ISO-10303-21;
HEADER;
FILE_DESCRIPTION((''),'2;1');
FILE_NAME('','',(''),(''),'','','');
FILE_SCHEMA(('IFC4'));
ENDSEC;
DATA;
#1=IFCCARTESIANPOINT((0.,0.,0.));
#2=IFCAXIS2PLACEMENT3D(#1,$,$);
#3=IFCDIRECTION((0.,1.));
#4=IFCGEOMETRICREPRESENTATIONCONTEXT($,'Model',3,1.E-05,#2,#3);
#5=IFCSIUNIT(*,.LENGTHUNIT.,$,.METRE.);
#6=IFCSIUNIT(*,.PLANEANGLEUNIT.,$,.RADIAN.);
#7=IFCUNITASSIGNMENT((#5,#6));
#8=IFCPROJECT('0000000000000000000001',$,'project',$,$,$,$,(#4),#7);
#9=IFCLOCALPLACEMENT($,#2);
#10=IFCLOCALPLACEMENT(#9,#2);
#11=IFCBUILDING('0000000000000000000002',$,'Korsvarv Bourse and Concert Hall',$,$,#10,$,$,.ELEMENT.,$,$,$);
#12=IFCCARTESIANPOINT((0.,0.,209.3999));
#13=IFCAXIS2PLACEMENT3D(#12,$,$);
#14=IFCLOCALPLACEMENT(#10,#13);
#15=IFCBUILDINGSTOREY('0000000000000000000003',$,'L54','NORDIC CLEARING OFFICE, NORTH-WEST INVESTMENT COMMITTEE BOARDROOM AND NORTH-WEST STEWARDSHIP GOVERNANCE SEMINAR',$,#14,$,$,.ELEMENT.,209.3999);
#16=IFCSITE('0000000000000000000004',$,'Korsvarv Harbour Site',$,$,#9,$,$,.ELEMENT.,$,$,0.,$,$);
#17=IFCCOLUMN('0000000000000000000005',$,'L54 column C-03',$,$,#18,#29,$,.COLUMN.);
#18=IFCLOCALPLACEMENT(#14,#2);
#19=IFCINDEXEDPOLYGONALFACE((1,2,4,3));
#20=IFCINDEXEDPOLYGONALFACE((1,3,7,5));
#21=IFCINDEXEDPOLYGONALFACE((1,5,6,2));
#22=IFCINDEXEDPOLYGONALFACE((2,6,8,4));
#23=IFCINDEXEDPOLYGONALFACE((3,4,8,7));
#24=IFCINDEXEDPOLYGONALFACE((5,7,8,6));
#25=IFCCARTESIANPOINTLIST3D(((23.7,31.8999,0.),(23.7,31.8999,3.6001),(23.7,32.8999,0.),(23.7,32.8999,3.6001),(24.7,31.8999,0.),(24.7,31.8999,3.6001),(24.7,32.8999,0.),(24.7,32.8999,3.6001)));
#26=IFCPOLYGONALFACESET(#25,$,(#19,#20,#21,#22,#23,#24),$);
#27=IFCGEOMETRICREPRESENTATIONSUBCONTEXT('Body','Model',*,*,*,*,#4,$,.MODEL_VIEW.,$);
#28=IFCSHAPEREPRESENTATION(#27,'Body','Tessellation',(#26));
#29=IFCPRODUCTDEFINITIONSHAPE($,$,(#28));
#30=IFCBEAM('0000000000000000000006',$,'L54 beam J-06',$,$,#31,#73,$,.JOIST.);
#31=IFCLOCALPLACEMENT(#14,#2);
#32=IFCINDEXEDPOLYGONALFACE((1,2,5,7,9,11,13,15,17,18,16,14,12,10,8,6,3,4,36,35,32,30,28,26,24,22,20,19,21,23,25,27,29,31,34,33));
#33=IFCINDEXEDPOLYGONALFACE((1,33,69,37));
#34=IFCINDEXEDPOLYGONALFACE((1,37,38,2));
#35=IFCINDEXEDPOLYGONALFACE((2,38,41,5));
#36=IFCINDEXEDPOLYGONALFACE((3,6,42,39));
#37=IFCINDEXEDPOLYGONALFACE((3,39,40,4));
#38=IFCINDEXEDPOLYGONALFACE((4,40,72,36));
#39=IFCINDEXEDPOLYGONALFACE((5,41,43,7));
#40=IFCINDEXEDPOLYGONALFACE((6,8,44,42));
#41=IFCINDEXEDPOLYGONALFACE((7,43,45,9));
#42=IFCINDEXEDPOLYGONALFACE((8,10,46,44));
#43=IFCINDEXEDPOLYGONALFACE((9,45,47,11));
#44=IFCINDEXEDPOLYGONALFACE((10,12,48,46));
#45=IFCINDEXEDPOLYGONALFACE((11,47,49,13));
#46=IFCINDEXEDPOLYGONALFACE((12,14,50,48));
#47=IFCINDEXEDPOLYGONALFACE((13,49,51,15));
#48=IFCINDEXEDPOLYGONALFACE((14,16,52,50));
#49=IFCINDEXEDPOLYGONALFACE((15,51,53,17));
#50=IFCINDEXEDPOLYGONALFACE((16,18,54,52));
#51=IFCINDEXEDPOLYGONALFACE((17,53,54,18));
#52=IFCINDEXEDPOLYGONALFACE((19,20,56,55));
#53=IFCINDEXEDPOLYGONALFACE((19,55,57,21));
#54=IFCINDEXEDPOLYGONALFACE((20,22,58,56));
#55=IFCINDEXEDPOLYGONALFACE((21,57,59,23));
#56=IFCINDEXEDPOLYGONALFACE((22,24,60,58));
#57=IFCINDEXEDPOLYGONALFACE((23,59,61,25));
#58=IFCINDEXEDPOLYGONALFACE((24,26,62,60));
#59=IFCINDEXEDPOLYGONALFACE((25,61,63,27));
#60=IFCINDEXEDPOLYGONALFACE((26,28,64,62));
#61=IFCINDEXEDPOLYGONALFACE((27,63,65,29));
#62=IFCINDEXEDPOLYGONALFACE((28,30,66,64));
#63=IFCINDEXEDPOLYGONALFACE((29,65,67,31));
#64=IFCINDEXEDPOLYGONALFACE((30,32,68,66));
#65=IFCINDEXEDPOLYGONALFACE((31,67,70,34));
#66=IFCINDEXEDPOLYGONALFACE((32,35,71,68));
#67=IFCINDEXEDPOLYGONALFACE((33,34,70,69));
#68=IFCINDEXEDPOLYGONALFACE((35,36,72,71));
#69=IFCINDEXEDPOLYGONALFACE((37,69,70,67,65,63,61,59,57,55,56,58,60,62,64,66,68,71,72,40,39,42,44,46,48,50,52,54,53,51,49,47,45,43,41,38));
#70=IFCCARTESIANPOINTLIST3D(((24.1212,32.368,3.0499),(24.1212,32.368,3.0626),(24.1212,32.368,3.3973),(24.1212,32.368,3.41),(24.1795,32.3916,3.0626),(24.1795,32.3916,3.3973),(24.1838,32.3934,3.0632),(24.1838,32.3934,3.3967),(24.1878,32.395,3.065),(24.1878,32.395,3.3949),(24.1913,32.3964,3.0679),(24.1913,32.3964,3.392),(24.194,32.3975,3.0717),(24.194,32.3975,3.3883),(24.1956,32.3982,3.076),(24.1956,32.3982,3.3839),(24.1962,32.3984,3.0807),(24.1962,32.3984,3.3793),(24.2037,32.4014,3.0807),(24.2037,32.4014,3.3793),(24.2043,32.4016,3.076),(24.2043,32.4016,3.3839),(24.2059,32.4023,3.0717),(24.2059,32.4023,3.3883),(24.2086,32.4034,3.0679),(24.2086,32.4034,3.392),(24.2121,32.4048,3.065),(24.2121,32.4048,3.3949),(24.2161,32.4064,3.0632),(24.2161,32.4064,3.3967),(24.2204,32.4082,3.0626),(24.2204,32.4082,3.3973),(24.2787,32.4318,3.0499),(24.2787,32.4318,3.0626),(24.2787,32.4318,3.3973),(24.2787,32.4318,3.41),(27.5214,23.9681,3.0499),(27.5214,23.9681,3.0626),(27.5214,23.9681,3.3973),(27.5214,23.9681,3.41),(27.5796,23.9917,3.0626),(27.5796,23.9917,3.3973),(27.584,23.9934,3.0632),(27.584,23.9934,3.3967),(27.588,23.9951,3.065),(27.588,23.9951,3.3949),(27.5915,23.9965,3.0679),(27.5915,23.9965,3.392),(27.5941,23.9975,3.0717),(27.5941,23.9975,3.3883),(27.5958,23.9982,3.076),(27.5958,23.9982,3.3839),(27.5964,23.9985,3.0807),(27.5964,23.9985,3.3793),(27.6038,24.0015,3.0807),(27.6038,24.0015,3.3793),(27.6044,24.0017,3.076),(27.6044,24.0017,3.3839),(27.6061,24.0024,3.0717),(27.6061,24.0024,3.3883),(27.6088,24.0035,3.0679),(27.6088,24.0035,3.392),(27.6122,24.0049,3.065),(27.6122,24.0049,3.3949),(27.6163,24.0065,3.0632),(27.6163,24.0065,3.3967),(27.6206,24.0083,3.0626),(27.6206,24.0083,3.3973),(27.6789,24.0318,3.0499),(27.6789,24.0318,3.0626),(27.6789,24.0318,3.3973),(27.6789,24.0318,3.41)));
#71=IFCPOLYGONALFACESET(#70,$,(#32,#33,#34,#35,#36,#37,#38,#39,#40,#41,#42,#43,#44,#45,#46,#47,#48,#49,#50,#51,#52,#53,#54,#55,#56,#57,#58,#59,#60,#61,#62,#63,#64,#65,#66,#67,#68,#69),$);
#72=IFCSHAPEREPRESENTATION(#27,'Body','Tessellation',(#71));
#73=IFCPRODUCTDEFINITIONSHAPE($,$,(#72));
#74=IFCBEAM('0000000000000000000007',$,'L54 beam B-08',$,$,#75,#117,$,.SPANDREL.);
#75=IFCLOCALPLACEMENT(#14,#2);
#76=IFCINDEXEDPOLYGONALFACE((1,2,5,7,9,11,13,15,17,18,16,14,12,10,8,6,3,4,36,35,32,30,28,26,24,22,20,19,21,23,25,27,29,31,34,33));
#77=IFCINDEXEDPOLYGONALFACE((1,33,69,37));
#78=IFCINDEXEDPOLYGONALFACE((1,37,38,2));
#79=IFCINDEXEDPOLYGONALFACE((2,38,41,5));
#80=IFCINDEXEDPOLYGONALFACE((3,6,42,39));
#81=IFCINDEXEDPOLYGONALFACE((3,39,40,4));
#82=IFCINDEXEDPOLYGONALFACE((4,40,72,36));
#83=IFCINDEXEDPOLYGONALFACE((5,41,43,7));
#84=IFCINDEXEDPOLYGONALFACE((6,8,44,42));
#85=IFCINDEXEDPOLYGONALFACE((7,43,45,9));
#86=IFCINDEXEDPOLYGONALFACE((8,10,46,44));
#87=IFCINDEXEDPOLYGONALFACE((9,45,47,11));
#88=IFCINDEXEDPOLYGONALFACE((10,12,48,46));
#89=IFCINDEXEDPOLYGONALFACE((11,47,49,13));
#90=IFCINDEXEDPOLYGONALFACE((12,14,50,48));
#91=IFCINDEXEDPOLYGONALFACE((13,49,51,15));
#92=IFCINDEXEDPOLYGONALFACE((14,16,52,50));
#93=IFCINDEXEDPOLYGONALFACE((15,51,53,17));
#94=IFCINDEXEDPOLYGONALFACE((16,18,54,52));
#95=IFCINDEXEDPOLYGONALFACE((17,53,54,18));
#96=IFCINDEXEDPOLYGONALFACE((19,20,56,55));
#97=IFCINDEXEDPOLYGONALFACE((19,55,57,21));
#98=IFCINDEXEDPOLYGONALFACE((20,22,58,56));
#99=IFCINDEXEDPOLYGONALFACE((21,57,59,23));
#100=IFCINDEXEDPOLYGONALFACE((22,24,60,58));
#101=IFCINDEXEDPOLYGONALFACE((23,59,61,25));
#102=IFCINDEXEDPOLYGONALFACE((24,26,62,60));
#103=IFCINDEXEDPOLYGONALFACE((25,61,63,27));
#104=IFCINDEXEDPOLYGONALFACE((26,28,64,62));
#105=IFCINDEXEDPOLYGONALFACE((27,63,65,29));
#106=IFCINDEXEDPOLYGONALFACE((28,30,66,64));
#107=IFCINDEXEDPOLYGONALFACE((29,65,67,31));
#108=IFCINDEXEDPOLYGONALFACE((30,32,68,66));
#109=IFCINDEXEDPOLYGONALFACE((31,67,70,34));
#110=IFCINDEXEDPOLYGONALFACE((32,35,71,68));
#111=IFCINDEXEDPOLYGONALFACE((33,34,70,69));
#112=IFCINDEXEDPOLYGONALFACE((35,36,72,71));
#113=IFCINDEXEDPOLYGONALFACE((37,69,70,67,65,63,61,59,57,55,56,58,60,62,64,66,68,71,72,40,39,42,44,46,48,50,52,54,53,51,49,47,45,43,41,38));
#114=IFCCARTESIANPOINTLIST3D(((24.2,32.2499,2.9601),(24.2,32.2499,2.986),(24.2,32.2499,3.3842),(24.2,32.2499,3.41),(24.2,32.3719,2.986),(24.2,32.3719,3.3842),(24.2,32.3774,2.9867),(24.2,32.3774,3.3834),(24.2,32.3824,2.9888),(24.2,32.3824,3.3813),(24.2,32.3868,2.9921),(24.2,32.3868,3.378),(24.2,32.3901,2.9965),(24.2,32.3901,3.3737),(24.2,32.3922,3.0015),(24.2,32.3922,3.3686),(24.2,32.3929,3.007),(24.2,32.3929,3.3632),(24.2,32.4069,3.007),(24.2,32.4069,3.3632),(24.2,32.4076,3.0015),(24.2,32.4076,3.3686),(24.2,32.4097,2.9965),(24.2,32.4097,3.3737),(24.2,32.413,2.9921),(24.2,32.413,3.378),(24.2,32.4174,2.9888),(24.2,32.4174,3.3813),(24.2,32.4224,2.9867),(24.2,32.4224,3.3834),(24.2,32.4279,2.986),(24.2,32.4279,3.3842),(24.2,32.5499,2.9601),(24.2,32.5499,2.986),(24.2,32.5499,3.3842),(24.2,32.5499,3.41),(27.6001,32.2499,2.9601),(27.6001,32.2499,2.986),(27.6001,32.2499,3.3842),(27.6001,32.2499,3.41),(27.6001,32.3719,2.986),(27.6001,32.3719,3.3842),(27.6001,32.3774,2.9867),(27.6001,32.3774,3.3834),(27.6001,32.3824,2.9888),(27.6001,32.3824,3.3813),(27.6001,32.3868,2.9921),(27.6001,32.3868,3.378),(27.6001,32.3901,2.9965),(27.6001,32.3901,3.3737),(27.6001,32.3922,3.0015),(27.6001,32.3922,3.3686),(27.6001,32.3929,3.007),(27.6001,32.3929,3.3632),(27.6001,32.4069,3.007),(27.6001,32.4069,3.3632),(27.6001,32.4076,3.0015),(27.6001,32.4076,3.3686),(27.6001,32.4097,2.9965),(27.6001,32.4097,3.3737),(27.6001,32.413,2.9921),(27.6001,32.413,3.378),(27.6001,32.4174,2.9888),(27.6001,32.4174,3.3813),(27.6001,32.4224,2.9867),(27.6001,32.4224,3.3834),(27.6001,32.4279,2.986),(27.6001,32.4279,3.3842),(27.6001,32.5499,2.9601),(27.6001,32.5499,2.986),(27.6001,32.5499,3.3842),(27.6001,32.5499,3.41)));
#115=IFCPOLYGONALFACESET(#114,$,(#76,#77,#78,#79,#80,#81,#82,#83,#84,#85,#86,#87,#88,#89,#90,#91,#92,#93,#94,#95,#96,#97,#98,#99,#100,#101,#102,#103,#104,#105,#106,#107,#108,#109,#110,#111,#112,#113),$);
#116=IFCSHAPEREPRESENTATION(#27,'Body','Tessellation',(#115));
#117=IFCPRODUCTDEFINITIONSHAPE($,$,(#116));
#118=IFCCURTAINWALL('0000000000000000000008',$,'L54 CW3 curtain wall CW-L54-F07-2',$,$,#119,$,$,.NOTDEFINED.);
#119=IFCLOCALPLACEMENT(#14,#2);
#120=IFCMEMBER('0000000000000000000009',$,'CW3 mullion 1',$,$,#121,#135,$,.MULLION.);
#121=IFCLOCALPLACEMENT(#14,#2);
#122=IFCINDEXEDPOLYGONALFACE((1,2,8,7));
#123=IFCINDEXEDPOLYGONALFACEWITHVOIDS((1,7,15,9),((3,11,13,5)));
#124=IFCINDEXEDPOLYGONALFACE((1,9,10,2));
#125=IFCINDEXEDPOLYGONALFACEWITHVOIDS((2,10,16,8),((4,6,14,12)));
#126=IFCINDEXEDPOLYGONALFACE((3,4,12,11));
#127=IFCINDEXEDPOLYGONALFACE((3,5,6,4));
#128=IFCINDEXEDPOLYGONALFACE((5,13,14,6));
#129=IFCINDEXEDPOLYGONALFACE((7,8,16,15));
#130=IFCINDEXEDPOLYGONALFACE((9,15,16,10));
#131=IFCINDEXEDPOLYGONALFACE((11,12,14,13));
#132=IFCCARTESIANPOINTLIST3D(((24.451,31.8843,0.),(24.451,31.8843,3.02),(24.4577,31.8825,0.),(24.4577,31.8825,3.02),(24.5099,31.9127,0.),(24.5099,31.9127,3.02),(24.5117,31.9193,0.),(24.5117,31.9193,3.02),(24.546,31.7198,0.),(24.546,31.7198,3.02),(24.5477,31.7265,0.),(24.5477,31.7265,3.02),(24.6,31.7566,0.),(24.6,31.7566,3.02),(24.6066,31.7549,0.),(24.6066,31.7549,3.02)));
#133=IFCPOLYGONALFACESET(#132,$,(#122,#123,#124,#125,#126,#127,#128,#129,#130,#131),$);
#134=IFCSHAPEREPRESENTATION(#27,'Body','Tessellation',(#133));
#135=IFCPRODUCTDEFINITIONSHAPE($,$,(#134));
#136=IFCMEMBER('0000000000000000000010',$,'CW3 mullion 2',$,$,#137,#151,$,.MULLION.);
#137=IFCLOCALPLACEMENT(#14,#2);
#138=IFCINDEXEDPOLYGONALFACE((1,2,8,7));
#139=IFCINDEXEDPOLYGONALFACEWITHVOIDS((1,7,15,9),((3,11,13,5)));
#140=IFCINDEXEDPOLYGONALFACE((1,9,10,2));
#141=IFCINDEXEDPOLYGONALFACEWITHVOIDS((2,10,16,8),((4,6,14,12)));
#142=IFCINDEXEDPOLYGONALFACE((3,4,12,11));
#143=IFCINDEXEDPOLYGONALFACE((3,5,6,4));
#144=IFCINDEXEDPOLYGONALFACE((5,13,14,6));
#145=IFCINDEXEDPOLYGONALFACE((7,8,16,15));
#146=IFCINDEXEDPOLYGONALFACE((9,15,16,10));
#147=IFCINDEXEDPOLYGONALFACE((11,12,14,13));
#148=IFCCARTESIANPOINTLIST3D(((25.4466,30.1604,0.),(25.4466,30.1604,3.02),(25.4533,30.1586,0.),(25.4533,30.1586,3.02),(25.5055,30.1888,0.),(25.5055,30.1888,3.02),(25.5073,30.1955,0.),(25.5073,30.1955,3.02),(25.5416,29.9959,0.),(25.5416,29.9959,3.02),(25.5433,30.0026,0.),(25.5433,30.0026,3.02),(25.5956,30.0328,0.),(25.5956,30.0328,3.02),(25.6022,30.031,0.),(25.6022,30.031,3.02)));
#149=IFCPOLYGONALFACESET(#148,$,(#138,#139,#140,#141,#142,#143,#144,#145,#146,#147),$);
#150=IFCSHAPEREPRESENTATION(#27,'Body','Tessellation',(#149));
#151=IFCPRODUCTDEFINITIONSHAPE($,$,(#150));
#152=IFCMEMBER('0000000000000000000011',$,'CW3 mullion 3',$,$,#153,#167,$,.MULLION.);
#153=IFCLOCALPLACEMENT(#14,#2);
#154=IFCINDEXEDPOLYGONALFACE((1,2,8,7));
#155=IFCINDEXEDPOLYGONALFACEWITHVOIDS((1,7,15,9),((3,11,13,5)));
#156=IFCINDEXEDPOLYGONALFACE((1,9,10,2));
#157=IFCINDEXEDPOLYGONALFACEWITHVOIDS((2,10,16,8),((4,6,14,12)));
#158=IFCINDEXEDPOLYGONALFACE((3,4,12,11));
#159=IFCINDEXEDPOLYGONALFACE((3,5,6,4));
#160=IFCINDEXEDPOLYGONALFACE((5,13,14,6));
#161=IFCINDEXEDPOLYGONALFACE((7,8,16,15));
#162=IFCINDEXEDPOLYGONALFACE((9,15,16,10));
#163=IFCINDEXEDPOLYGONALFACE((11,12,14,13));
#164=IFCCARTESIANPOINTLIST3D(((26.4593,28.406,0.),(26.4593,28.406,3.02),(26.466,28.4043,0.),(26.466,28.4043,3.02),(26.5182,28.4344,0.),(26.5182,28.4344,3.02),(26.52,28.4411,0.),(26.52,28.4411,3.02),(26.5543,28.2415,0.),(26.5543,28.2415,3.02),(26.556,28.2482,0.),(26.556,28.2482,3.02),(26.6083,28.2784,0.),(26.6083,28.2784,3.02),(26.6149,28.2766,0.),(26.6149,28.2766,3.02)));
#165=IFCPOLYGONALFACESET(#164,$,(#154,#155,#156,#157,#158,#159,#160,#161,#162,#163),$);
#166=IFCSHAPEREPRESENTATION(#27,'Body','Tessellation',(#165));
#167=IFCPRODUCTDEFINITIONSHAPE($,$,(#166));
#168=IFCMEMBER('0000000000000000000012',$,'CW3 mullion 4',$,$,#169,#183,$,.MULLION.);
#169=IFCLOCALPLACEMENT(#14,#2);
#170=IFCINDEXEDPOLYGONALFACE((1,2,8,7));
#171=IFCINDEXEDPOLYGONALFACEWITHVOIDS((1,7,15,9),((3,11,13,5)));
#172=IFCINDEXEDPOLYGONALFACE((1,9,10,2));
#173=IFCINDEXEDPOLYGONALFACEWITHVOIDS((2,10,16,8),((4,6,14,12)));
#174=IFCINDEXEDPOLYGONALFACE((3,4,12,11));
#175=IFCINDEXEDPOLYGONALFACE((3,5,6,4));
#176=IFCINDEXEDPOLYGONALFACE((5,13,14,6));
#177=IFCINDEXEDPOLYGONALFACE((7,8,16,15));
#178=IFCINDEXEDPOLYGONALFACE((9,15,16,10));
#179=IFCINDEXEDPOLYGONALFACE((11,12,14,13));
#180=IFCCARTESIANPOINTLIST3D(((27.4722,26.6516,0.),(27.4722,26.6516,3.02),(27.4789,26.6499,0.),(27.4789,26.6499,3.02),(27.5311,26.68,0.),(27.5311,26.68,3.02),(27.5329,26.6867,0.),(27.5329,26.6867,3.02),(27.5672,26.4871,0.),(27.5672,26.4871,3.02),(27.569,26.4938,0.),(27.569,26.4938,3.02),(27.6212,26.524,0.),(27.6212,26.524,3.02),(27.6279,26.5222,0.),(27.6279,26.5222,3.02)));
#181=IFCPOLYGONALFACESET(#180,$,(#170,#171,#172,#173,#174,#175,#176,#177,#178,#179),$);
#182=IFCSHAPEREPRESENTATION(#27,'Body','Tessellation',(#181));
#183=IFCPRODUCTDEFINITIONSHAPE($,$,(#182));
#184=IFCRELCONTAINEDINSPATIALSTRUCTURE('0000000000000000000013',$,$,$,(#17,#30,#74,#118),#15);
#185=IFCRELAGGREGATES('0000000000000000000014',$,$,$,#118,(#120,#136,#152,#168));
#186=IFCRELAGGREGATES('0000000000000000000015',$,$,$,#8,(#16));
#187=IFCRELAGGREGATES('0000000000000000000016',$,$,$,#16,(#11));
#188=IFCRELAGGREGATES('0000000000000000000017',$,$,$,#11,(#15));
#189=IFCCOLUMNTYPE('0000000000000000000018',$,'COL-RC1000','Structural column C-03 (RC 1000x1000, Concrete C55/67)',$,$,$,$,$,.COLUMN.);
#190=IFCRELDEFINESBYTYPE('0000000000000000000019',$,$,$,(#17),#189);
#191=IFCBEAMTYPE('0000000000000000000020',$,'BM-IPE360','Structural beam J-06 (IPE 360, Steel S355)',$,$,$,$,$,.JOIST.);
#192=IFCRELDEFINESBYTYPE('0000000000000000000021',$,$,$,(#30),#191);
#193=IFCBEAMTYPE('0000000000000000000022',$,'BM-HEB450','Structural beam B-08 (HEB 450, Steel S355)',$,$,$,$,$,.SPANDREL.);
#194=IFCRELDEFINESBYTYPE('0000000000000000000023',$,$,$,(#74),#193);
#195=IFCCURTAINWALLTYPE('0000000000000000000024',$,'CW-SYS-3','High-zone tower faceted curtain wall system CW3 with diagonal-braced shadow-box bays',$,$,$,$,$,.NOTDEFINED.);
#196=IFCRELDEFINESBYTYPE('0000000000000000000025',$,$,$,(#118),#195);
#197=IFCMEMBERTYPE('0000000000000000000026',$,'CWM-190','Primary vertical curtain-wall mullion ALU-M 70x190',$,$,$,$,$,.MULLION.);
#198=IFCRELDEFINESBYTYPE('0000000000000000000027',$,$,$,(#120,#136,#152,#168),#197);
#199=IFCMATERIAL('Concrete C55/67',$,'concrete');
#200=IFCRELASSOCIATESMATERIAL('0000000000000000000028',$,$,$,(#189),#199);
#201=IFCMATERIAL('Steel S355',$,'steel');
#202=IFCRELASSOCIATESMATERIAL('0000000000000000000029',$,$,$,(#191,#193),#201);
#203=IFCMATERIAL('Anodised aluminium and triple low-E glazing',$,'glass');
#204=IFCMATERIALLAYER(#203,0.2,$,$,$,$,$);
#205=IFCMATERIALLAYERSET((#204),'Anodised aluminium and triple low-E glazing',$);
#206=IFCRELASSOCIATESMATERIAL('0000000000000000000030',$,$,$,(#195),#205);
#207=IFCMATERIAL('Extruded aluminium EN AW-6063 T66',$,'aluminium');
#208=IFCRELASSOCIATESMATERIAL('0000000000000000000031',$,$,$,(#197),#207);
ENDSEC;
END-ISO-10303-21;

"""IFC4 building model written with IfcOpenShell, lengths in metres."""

from ifc_helpers import new_model, si_unit, direction, frame, origin, origin_2d, place, context, subcontext, project, spatial, rectangle, hollow_rectangle, i_section, extrude, source, transform, mapped, material, layer, layer_set, material_profile, profile_set, type_object, element, aggregate, save


model = new_model("IFC4")

# Units and contexts
model_context = context("Model", 3, precision=1e-05, world=origin(), true_north=direction((0.0, 1.0)))
body_context = subcontext(model_context, "Body", "Model", "MODEL_VIEW")
ifc_project = project(units=[si_unit("LENGTHUNIT", "METRE"), si_unit("PLANEANGLEUNIT", "RADIAN")], contexts=[model_context])

# Site, building, storey
site_placement = place(None, origin())
site = spatial("IfcSite", under=ifc_project, at=site_placement, Name="Korsvarv Harbour Site", CompositionType="ELEMENT", RefElevation=0.0)
building_placement = place(site_placement, origin())
building = spatial("IfcBuilding", under=site, at=building_placement, Name="Korsvarv Bourse and Concert Hall", CompositionType="ELEMENT")
storey_placement = place(building_placement, frame((0.0, 0.0, 209.3999)))
storey = spatial("IfcBuildingStorey", under=building, at=storey_placement, Name="L54", Description="NORDIC CLEARING OFFICE, NORTH-WEST INVESTMENT COMMITTEE BOARDROOM AND NORTH-WEST STEWARDSHIP GOVERNANCE SEMINAR", CompositionType="ELEMENT", Elevation=209.3999)

# Column
ifc_material_1 = material(Name="Concrete C55/67", Category="concrete")
ifc_material_profile_1 = material_profile(ifc_material_1, rectangle(XDim=1.0, YDim=1.0, at=origin_2d()), Name="RC 1000x1000")
ifc_profile_set_1 = profile_set([ifc_material_profile_1], Name="Concrete C55/67")
column_type = type_object("IfcColumnType", Name="COL-RC1000", Description="Structural column C-03 (RC 1000x1000, Concrete C55/67)", PredefinedType="COLUMN", material=ifc_profile_set_1)
shared_shape_1 = source(origin(), body_context, "Body", "SweptSolid", [
    extrude(rectangle(XDim=1.0, YDim=1.0, at=origin_2d()), origin(), (0.0, 0.0, 1.0), 3.6001),
])
column_placement = place(storey_placement, frame((24.2, 32.3999, 0.0), z_axis=(0.0, 0.0, 1.0), x_axis=(1.0, 0.0, 0.0)))
element("IfcColumn", 1, at=column_placement, inside=storey, type_object=column_type, Name="L54 column C-03", PredefinedType="COLUMN", context=body_context, shape_type="MappedRepresentation", body=[
    mapped(shared_shape_1, transform((0.0, 0.0, 0.0), scale=1.0)),
])

# Beams
ifc_material_2 = material(Name="Steel S355", Category="steel")
ifc_material_profile_2 = material_profile(ifc_material_2, i_section(OverallWidth=0.1699, OverallDepth=0.3601, WebThickness=0.0081, FlangeThickness=0.0127, FilletRadius=0.0181, at=origin_2d()), Name="IPE 360")
ifc_profile_set_2 = profile_set([ifc_material_profile_2], Name="Steel S355")
beam_type_1 = type_object("IfcBeamType", Name="BM-IPE360", Description="Structural beam J-06 (IPE 360, Steel S355)", PredefinedType="JOIST", material=ifc_profile_set_2)
shared_shape_2 = source(origin(), body_context, "Body", "SweptSolid", [
    extrude(i_section(OverallWidth=0.1699, OverallDepth=0.3601, WebThickness=0.0081, FlangeThickness=0.0127, FilletRadius=0.0181, at=origin_2d()), origin(), (0.0, 0.0, 1.0), 9.062),
])
beam_1_placement = place(storey_placement, frame((24.2, 32.3999, 3.23), z_axis=(0.37521, -0.92694, 0.0), x_axis=(0.92694, 0.37521, 0.0)))
element("IfcBeam", 2, at=beam_1_placement, inside=storey, type_object=beam_type_1, Name="L54 beam J-06", PredefinedType="JOIST", context=body_context, shape_type="MappedRepresentation", body=[
    mapped(shared_shape_2, transform((0.0, 0.0, 0.0), scale=1.0)),
])
ifc_material_profile_3 = material_profile(ifc_material_2, i_section(OverallWidth=0.3, OverallDepth=0.45, WebThickness=0.0139, FlangeThickness=0.0259, FilletRadius=0.021, at=origin_2d()), Name="HEB 450")
ifc_profile_set_3 = profile_set([ifc_material_profile_3], Name="Steel S355")
beam_type_2 = type_object("IfcBeamType", Name="BM-HEB450", Description="Structural beam B-08 (HEB 450, Steel S355)", PredefinedType="SPANDREL", material=ifc_profile_set_3)
shared_shape_3 = source(origin(), body_context, "Body", "SweptSolid", [
    extrude(i_section(OverallWidth=0.3, OverallDepth=0.45, WebThickness=0.0139, FlangeThickness=0.0259, FilletRadius=0.021, at=origin_2d()), origin(), (0.0, 0.0, 1.0), 3.4001),
])
beam_2_placement = place(storey_placement, frame((24.2, 32.3999, 3.1851), z_axis=(1.0, 0.0, 0.0), x_axis=(0.0, 1.0, 0.0)))
element("IfcBeam", 3, at=beam_2_placement, inside=storey, type_object=beam_type_2, Name="L54 beam B-08", PredefinedType="SPANDREL", context=body_context, shape_type="MappedRepresentation", body=[
    mapped(shared_shape_3, transform((0.0, 0.0, 0.0), scale=1.0)),
])

# Curtain wall, members
ifc_material_3 = material(Name="Anodised aluminium and triple low-E glazing", Category="glass")
ifc_layer_1 = layer(ifc_material_3, 0.2)
ifc_layer_set_1 = layer_set([ifc_layer_1], Name="Anodised aluminium and triple low-E glazing")
curtain_wall_type = type_object("IfcCurtainWallType", Name="CW-SYS-3", Description="High-zone tower faceted curtain wall system CW3 with diagonal-braced shadow-box bays", PredefinedType="NOTDEFINED", material=ifc_layer_set_1)
curtain_wall_placement = place(storey_placement, origin())
curtain_wall = element("IfcCurtainWall", 4, at=curtain_wall_placement, inside=storey, type_object=curtain_wall_type, Name="L54 CW3 curtain wall CW-L54-F07-2", PredefinedType="NOTDEFINED")
ifc_material_4 = material(Name="Extruded aluminium EN AW-6063 T66", Category="aluminium")
ifc_material_profile_4 = material_profile(ifc_material_4, hollow_rectangle(XDim=0.0701, YDim=0.1899, WallThickness=0.0049, at=origin_2d()), Name="ALU-M 70x190")
ifc_profile_set_4 = profile_set([ifc_material_profile_4], Name="Extruded aluminium EN AW-6063 T66")
member_type_1 = type_object("IfcMemberType", Name="CWM-190", Description="Primary vertical curtain-wall mullion ALU-M 70x190", PredefinedType="MULLION", material=ifc_profile_set_4)
shared_shape_4 = source(origin(), body_context, "Body", "SweptSolid", [
    extrude(hollow_rectangle(XDim=0.0701, YDim=0.1899, WallThickness=0.0049, at=origin_2d()), origin(), (0.0, 0.0, 1.0), 3.02),
])
member_1_placement = place(storey_placement, frame((24.5288, 31.8196, 0.0), z_axis=(0.0, 0.0, 1.0), x_axis=(0.866026, 0.499999, 0.0)))
member_1 = element("IfcMember", 5, at=member_1_placement, type_object=member_type_1, Name="CW3 mullion 1", PredefinedType="MULLION", context=body_context, shape_type="MappedRepresentation", body=[
    mapped(shared_shape_4, transform((0.0, 0.0, 0.0), scale=1.0)),
])
member_2_placement = place(storey_placement, frame((25.5244, 30.0957, 0.0), z_axis=(0.0, 0.0, 1.0), x_axis=(0.866026, 0.499999, 0.0)))
member_2 = element("IfcMember", 6, at=member_2_placement, type_object=member_type_1, Name="CW3 mullion 2", PredefinedType="MULLION", context=body_context, shape_type="MappedRepresentation", body=[
    mapped(shared_shape_4, transform((0.0, 0.0, 0.0), scale=1.0)),
])
member_3_placement = place(storey_placement, frame((26.5371, 28.3413, 0.0), z_axis=(0.0, 0.0, 1.0), x_axis=(0.866026, 0.499999, 0.0)))
member_3 = element("IfcMember", 7, at=member_3_placement, type_object=member_type_1, Name="CW3 mullion 3", PredefinedType="MULLION", context=body_context, shape_type="MappedRepresentation", body=[
    mapped(shared_shape_4, transform((0.0, 0.0, 0.0), scale=1.0)),
])
member_4_placement = place(storey_placement, frame((27.55, 26.5869, 0.0), z_axis=(0.0, 0.0, 1.0), x_axis=(0.866026, 0.499999, 0.0)))
member_4 = element("IfcMember", 8, at=member_4_placement, type_object=member_type_1, Name="CW3 mullion 4", PredefinedType="MULLION", context=body_context, shape_type="MappedRepresentation", body=[
    mapped(shared_shape_4, transform((0.0, 0.0, 0.0), scale=1.0)),
])

aggregate(curtain_wall, [member_1, member_2, member_3, member_4])

save(model, "model.ifc")
